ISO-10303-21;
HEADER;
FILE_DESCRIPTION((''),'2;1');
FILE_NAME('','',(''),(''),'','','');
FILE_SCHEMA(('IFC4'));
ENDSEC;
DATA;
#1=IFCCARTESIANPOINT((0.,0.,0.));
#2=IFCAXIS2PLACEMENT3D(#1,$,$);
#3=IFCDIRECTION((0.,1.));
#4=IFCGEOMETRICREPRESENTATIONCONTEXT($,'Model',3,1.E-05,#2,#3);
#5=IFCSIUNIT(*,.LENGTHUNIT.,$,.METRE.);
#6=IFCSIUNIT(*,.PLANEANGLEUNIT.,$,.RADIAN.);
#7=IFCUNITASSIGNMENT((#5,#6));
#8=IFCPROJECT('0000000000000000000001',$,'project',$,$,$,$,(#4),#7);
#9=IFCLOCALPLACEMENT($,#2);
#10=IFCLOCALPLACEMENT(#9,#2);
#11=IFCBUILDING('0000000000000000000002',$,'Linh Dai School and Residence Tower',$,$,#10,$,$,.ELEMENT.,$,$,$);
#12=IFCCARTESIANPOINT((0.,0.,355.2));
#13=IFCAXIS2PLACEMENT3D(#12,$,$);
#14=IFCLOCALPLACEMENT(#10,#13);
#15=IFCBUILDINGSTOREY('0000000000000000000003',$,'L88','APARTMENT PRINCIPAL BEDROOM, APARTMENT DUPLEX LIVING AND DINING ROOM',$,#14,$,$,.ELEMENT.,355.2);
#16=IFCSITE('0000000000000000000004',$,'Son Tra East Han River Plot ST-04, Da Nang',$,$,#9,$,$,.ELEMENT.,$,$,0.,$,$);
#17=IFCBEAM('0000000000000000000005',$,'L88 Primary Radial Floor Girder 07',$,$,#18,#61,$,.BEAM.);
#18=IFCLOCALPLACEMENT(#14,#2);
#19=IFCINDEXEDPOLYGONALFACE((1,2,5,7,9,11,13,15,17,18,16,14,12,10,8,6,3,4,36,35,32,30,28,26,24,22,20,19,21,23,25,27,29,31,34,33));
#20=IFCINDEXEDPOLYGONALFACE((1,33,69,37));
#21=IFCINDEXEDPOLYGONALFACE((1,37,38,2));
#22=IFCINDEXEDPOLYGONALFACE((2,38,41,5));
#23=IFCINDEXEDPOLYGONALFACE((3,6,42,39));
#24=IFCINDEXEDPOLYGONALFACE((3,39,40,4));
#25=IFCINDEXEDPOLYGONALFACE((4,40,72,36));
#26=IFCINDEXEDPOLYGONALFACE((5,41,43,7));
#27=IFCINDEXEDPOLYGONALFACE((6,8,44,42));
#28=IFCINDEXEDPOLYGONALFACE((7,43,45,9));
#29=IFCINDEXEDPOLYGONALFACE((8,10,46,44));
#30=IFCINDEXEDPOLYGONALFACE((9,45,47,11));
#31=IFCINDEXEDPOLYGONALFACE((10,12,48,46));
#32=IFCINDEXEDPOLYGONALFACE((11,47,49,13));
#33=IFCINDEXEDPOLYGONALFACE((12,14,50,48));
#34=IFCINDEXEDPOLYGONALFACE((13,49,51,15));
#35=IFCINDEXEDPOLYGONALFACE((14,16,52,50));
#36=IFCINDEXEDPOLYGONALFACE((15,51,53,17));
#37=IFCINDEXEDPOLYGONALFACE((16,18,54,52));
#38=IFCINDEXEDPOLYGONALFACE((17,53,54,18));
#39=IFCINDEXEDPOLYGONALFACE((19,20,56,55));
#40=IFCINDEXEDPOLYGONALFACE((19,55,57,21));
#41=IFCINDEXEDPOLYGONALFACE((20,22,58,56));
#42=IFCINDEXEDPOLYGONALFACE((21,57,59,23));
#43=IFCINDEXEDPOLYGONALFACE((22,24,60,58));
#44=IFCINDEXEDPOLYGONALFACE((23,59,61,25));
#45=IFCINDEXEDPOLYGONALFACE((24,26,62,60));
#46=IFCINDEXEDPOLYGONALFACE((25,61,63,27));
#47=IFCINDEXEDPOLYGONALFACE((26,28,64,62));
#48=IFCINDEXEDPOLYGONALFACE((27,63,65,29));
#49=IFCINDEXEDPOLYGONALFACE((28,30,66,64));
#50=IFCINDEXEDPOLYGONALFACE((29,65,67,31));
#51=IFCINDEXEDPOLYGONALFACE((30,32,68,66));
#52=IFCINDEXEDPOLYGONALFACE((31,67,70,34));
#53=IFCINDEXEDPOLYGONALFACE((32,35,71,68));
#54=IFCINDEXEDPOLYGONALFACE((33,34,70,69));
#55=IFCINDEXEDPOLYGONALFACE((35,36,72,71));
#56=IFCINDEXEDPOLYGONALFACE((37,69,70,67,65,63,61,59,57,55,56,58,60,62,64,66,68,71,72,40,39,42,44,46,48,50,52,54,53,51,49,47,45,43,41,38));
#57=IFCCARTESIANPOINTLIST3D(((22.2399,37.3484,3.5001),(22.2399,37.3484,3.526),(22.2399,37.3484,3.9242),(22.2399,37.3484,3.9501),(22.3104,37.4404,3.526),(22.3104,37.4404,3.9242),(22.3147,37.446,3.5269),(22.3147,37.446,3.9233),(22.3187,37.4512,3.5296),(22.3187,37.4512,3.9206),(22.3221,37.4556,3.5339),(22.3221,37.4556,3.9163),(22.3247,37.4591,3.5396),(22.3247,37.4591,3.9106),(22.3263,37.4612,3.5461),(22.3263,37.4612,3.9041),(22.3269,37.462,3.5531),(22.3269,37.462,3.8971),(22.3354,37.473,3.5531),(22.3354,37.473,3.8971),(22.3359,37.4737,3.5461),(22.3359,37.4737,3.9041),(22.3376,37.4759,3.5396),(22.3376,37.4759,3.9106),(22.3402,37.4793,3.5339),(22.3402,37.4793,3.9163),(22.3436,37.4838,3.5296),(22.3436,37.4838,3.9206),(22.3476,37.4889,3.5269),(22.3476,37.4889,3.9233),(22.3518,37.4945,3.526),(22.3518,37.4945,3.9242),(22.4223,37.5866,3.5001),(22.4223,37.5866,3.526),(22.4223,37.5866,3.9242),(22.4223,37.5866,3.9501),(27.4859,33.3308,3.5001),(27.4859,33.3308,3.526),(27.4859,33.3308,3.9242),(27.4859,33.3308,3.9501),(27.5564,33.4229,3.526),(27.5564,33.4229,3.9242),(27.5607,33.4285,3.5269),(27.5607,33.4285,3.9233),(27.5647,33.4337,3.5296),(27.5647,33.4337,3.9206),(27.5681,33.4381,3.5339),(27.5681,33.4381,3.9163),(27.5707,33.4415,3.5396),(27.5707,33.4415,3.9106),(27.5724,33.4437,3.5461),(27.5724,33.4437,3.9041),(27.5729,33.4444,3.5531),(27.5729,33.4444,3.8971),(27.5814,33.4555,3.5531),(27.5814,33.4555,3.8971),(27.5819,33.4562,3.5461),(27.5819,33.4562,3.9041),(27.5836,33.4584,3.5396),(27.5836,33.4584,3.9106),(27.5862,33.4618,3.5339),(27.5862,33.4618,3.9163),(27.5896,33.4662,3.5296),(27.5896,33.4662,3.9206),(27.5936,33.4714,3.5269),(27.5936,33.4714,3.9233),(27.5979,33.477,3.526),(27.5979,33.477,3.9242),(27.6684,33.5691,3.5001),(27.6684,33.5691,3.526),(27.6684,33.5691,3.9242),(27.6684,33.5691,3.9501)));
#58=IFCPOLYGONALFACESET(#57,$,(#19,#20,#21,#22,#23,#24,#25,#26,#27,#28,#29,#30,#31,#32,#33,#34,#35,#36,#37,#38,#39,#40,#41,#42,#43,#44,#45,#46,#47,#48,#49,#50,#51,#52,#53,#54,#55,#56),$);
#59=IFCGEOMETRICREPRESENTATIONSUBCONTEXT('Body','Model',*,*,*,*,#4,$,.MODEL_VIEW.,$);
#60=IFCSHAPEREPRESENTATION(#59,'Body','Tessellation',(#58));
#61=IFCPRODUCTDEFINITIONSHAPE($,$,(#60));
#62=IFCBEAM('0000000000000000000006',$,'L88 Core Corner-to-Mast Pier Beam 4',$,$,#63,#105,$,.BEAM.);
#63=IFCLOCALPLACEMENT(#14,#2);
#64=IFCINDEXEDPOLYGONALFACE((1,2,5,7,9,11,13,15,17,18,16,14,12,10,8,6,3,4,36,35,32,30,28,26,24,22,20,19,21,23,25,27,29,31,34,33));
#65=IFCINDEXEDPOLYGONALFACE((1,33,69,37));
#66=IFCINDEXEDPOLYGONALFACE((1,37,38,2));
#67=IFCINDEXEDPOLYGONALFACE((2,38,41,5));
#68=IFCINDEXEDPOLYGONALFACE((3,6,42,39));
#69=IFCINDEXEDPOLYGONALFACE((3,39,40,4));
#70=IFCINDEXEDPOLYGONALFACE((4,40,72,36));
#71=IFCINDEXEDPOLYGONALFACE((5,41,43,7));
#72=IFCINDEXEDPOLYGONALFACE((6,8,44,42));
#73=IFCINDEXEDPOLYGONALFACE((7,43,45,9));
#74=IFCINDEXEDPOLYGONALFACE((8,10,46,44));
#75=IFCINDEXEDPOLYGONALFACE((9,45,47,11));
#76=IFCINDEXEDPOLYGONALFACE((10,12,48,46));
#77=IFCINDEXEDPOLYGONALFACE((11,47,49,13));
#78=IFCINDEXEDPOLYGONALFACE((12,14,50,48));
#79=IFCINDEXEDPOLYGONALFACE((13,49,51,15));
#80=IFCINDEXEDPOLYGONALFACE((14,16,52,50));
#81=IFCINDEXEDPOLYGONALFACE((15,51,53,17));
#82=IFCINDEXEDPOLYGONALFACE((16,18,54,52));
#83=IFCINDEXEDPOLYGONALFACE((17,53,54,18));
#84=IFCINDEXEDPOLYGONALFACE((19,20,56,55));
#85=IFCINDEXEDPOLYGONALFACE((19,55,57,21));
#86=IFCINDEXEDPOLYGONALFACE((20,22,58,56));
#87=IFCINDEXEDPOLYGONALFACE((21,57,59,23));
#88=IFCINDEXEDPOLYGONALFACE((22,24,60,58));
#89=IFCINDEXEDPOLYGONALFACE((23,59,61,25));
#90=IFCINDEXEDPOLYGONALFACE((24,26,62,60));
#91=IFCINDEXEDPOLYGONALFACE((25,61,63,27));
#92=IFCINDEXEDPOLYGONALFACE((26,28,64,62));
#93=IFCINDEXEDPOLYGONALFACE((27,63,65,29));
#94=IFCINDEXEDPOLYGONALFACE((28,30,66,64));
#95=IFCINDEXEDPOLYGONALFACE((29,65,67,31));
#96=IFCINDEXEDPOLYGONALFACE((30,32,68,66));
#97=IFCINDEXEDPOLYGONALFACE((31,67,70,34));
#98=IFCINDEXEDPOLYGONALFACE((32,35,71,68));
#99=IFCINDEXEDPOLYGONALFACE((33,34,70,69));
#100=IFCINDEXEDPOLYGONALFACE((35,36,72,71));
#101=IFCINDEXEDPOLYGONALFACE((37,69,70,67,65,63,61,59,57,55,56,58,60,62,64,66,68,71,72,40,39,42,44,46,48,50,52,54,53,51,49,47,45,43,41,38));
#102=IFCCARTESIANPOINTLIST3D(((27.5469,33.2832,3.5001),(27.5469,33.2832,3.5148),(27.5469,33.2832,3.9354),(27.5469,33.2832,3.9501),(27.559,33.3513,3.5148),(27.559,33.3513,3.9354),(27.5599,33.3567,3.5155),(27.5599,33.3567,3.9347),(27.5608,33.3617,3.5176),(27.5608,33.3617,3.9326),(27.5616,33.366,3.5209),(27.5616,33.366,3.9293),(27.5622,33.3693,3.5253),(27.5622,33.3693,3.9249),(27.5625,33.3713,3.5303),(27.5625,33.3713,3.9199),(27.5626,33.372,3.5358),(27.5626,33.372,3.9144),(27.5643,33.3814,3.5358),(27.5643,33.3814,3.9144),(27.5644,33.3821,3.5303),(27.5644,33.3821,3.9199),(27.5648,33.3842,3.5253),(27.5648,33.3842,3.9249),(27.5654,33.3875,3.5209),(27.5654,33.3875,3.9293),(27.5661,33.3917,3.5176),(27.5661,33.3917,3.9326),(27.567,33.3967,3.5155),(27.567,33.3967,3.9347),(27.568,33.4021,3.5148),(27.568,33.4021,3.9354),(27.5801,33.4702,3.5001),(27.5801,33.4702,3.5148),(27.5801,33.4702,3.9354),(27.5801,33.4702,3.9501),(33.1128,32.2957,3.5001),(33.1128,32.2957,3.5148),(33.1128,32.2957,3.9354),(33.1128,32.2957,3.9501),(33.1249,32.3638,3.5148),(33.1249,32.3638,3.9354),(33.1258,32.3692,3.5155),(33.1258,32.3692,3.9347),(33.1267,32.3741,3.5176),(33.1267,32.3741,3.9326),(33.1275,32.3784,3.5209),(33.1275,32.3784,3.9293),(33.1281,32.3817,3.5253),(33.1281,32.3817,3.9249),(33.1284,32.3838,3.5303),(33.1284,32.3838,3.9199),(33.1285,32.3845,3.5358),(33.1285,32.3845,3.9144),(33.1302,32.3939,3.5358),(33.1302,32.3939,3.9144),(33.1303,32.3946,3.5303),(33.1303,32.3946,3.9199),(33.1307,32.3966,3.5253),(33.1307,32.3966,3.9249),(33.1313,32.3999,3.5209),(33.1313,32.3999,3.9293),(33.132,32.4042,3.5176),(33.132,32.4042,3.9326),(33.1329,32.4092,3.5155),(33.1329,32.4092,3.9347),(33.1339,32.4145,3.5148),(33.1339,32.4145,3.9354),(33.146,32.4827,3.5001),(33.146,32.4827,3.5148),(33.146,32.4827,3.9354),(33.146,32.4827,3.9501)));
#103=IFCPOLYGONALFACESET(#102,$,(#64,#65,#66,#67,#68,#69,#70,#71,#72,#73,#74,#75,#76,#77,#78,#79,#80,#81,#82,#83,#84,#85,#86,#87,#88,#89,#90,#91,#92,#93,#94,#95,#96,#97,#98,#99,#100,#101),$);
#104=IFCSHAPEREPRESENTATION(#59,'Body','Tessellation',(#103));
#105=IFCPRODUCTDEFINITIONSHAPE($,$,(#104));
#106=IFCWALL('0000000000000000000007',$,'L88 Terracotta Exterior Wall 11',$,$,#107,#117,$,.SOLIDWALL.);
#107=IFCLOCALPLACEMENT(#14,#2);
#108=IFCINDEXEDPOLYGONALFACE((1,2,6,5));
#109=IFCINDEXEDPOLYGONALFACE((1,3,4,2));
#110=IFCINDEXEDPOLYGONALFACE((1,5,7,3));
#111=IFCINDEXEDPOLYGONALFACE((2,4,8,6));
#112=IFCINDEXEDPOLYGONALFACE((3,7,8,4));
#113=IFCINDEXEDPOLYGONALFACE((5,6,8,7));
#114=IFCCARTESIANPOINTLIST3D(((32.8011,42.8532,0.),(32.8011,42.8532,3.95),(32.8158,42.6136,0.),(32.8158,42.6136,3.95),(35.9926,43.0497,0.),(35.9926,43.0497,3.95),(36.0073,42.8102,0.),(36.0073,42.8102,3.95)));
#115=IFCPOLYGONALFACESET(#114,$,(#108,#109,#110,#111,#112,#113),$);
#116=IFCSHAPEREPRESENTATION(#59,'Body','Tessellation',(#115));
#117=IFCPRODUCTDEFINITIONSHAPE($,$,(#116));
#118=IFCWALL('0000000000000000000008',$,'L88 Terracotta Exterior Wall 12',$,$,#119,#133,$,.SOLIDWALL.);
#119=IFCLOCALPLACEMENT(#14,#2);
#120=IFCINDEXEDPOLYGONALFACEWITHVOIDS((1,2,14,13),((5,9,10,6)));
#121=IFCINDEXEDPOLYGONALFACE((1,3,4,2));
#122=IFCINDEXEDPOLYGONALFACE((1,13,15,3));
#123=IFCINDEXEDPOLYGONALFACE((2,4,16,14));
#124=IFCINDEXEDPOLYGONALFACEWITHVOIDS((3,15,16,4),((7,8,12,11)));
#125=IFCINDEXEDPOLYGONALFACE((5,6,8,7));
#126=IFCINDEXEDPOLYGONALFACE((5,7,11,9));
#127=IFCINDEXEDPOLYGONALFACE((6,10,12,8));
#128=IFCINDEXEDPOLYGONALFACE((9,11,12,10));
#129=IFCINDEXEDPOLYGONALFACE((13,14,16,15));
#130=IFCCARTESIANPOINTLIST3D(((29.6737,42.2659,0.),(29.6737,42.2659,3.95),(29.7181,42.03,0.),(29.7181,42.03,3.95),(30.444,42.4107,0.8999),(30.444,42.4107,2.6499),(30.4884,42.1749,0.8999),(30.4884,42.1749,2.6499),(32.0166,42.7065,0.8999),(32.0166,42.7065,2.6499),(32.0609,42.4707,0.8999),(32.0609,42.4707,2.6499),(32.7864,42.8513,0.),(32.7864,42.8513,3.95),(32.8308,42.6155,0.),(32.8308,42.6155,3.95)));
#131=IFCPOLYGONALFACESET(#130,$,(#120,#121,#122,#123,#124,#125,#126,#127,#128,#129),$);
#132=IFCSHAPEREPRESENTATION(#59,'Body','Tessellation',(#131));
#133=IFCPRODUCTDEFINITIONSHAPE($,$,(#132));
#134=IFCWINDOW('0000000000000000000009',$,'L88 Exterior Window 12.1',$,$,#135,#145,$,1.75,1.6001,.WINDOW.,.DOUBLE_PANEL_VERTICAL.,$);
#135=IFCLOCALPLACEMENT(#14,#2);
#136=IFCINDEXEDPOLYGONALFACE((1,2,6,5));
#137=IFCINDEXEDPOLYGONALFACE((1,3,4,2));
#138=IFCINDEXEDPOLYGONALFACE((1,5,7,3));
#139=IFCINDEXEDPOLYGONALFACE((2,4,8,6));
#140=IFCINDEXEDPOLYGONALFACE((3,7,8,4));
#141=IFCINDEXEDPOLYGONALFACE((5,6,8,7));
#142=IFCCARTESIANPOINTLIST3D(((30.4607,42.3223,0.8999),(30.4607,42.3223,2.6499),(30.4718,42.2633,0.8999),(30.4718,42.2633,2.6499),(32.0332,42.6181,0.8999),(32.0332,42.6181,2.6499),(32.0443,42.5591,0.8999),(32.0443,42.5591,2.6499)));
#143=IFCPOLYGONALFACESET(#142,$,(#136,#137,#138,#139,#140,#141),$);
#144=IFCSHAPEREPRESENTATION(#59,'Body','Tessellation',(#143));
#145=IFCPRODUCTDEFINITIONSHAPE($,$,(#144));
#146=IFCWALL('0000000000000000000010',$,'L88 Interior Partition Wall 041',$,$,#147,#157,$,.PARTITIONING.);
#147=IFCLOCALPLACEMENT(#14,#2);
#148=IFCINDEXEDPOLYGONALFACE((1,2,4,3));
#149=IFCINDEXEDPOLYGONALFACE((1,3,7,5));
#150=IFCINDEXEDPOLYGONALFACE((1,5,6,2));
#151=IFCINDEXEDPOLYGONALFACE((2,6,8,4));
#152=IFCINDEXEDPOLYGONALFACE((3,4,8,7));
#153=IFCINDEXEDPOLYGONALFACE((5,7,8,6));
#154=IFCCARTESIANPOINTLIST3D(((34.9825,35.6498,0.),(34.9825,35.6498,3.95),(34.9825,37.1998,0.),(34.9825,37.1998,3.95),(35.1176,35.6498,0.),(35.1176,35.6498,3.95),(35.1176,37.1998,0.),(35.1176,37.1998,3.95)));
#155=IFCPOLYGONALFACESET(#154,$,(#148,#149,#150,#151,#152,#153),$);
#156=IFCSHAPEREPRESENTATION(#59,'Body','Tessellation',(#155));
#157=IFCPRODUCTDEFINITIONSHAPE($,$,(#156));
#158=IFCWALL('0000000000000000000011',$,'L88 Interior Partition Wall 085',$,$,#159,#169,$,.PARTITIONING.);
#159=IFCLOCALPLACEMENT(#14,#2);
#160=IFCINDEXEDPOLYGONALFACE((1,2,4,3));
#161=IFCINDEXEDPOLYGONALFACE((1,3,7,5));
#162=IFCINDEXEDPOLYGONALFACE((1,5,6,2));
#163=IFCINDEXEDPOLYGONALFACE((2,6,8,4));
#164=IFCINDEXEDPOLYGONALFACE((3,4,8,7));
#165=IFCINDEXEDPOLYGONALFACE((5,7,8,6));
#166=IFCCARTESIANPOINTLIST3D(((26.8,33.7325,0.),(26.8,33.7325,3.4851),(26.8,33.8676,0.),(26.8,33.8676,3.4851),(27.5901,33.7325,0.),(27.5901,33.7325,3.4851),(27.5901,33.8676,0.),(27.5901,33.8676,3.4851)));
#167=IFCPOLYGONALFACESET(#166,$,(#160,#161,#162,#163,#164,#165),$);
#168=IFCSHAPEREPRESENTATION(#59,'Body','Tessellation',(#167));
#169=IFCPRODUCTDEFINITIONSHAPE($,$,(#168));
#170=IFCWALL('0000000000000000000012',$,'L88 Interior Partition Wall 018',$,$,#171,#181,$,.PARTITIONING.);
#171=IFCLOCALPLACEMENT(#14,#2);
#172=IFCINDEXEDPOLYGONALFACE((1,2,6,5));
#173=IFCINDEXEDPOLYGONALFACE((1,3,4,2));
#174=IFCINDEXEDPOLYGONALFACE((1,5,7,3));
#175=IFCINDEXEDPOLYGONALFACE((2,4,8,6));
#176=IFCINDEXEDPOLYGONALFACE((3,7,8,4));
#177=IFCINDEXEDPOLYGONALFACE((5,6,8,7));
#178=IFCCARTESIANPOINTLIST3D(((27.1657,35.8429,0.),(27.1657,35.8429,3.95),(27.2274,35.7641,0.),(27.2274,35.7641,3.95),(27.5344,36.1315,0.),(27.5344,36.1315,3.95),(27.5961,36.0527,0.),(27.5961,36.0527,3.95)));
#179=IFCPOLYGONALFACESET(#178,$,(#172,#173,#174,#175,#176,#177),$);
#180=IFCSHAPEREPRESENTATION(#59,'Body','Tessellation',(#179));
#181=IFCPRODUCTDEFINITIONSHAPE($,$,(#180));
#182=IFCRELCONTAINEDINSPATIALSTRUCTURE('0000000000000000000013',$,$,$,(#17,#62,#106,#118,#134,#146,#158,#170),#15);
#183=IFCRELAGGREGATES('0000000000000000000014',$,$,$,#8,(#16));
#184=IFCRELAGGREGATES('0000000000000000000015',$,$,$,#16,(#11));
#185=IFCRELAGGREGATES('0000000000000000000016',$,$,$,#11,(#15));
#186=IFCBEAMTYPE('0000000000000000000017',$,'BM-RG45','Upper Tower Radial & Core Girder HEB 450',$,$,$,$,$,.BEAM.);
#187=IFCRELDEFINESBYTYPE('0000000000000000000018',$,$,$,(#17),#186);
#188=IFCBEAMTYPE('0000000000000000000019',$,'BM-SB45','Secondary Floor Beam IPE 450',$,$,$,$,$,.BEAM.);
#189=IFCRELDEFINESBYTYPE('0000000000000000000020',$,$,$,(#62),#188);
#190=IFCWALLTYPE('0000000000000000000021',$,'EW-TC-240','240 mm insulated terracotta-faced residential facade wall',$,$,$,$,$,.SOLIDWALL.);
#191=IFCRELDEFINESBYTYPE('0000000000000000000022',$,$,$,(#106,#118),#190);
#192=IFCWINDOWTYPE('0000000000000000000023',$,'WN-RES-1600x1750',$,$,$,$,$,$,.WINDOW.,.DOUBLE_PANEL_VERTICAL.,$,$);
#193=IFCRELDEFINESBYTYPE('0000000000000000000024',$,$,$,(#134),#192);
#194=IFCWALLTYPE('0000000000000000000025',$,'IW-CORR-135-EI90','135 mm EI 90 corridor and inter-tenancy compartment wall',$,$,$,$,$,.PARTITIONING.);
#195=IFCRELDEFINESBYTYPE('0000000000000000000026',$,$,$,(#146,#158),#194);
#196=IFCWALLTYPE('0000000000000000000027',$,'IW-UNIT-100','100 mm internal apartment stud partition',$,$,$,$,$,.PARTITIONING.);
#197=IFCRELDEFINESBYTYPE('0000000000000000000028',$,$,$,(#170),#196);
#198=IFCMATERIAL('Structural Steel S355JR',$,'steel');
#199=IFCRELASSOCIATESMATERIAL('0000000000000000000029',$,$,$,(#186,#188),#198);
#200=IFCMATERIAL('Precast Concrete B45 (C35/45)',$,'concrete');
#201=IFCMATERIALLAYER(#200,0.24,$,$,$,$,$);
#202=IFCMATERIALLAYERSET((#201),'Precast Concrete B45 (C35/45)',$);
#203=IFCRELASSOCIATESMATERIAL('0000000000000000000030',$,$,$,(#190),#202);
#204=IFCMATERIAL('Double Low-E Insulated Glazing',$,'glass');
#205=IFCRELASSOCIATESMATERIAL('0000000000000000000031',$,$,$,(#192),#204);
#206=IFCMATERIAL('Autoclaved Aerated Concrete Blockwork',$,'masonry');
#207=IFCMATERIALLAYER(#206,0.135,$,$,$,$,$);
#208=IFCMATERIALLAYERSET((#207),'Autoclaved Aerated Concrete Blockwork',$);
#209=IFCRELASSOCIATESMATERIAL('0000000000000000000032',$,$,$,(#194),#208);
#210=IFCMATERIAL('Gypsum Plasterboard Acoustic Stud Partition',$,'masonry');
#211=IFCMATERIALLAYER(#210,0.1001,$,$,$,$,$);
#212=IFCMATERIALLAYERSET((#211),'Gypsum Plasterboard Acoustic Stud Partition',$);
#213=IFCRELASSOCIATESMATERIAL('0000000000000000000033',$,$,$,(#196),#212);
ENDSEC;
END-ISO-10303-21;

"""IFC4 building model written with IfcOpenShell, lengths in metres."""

from ifc_helpers import new_model, si_unit, direction, frame, frame_2d, origin, origin_2d, place, context, subcontext, project, spatial, rectangle, i_section, extrude, source, transform, mapped, material, layer, layer_set, material_profile, profile_set, type_object, element, fill, save


model = new_model("IFC4")

# Units and contexts
model_context = context("Model", 3, precision=1e-05, world=origin(), true_north=direction((0.0, 1.0)))
body_context = subcontext(model_context, "Body", "Model", "MODEL_VIEW")
ifc_project = project(units=[si_unit("LENGTHUNIT", "METRE"), si_unit("PLANEANGLEUNIT", "RADIAN")], contexts=[model_context])

# Site, building, storey
site_placement = place(None, origin())
site = spatial("IfcSite", under=ifc_project, at=site_placement, Name="Son Tra East Han River Plot ST-04, Da Nang", CompositionType="ELEMENT", RefElevation=0.0)
building_placement = place(site_placement, origin())
building = spatial("IfcBuilding", under=site, at=building_placement, Name="Linh Dai School and Residence Tower", CompositionType="ELEMENT")
storey_placement = place(building_placement, frame((0.0, 0.0, 355.2)))
storey = spatial("IfcBuildingStorey", under=building, at=storey_placement, Name="L88", Description="APARTMENT PRINCIPAL BEDROOM, APARTMENT DUPLEX LIVING AND DINING ROOM", CompositionType="ELEMENT", Elevation=355.2)

# Shared definitions
ifc_material_1 = material(Name="Structural Steel S355JR", Category="steel")

# Beams
ifc_material_profile_1 = material_profile(ifc_material_1, i_section(OverallWidth=0.3, OverallDepth=0.45, WebThickness=0.0139, FlangeThickness=0.0259, FilletRadius=0.0271, at=origin_2d()), Name="HEB 450")
ifc_profile_set_1 = profile_set([ifc_material_profile_1], Name="Structural Steel S355JR")
beam_type_1 = type_object("IfcBeamType", Name="BM-RG45", Description="Upper Tower Radial & Core Girder HEB 450", PredefinedType="BEAM", material=ifc_profile_set_1)
beam_1_placement = place(storey_placement, frame((27.5771, 33.45, 3.7251), z_axis=(-0.79393, 0.608009, 0.0), x_axis=(-0.608009, -0.79393, 0.0)))
element("IfcBeam", 1, at=beam_1_placement, inside=storey, type_object=beam_type_1, Name="L88 Primary Radial Floor Girder 07", PredefinedType="BEAM", context=body_context, shape_type="SweptSolid", body=[
    extrude(i_section(OverallWidth=0.3, OverallDepth=0.45, WebThickness=0.0139, FlangeThickness=0.0259, FilletRadius=0.0271, at=origin_2d()), origin(), (0.0, 0.0, 1.0), 6.6077),
])
ifc_material_profile_2 = material_profile(ifc_material_1, i_section(OverallWidth=0.1899, OverallDepth=0.45, WebThickness=0.0095, FlangeThickness=0.0146, FilletRadius=0.021, at=origin_2d()), Name="IPE 450")
ifc_profile_set_2 = profile_set([ifc_material_profile_2], Name="Structural Steel S355JR")
beam_type_2 = type_object("IfcBeamType", Name="BM-SB45", Description="Secondary Floor Beam IPE 450", PredefinedType="BEAM", material=ifc_profile_set_2)
beam_2_placement = place(storey_placement, frame((27.5635, 33.3767, 3.7251), z_axis=(0.984622, -0.174699, 0.0), x_axis=(0.174699, 0.984622, 0.0)))
element("IfcBeam", 2, at=beam_2_placement, inside=storey, type_object=beam_type_2, Name="L88 Core Corner-to-Mast Pier Beam 4", PredefinedType="BEAM", context=body_context, shape_type="SweptSolid", body=[
    extrude(i_section(OverallWidth=0.1899, OverallDepth=0.45, WebThickness=0.0095, FlangeThickness=0.0146, FilletRadius=0.021, at=origin_2d()), origin(), (0.0, 0.0, 1.0), 5.6528),
])

# Wall
ifc_material_2 = material(Name="Precast Concrete B45 (C35/45)", Category="concrete")
ifc_layer_1 = layer(ifc_material_2, 0.24)
ifc_layer_set_1 = layer_set([ifc_layer_1], Name="Precast Concrete B45 (C35/45)")
wall_type_1 = type_object("IfcWallType", Name="EW-TC-240", Description="240 mm insulated terracotta-faced residential facade wall", PredefinedType="SOLIDWALL", material=ifc_layer_set_1)
wall_1_placement = place(storey_placement, frame((32.8086, 42.7334, 0.0), z_axis=(0.0, 0.0, 1.0), x_axis=(0.998109, 0.061466, 0.0)))
element("IfcWall", 3, at=wall_1_placement, inside=storey, type_object=wall_type_1, Name="L88 Terracotta Exterior Wall 11", PredefinedType="SOLIDWALL", context=body_context, shape_type="SweptSolid", body=[
    extrude(rectangle(XDim=3.1975, YDim=0.24, at=frame_2d((1.5986, 0.0))), origin(), (0.0, 0.0, 1.0), 3.95),
])

# Wall, opening, window
wall_2_placement = place(storey_placement, frame((29.696, 42.1479, 0.0), z_axis=(0.0, 0.0, 1.0), x_axis=(0.982766, 0.184852, 0.0)))
wall_2 = element("IfcWall", 4, at=wall_2_placement, inside=storey, type_object=wall_type_1, Name="L88 Terracotta Exterior Wall 12", PredefinedType="SOLIDWALL", context=body_context, shape_type="SweptSolid", body=[
    extrude(rectangle(XDim=3.1672, YDim=0.24, at=frame_2d((1.5835, 0.0))), origin(), (0.0, 0.0, 1.0), 3.95),
])
opening_1_placement = place(wall_2_placement, frame((0.7837, 0.0, 0.8999)))
opening_1 = element("IfcOpeningElement", 5, at=opening_1_placement, cuts=wall_2, PredefinedType="OPENING", context=body_context, shape_type="SweptSolid", body=[
    extrude(rectangle(XDim=1.6001, YDim=1.75, at=origin_2d()), frame((0.8, 0.1299, 0.875), z_axis=(0.0, -1.0, 0.0), x_axis=(1.0, 0.0, 0.0)), (0.0, 0.0, 1.0), 0.26),
])
ifc_material_3 = material(Name="Double Low-E Insulated Glazing", Category="glass")
window_type = type_object("IfcWindowType", Name="WN-RES-1600x1750", PartitioningType="DOUBLE_PANEL_VERTICAL", PredefinedType="WINDOW", material=ifc_material_3)
shared_shape_1 = source(origin(), body_context, "Body", "SweptSolid", [
    extrude(rectangle(XDim=1.6001, YDim=1.75, at=origin_2d()), frame((0.8, 0.03, 0.875), z_axis=(0.0, -1.0, 0.0), x_axis=(1.0, 0.0, 0.0)), (0.0, 0.0, 1.0), 0.0601),
])
window_placement = place(opening_1_placement, origin())
window = element("IfcWindow", 6, at=window_placement, inside=storey, type_object=window_type, Name="L88 Exterior Window 12.1", OverallHeight=1.75, OverallWidth=1.6001, PartitioningType="DOUBLE_PANEL_VERTICAL", PredefinedType="WINDOW", context=body_context, shape_type="MappedRepresentation", body=[
    mapped(shared_shape_1, transform((0.0, 0.0, 0.0), x_axis=(1.0, 0.0, 0.0), y_axis=(0.0, 1.0, 0.0), z_axis=(0.0, 0.0, 1.0), scale=1.0)),
])
fill(opening_1, window)

# Wall
ifc_material_4 = material(Name="Autoclaved Aerated Concrete Blockwork", Category="masonry")
ifc_layer_2 = layer(ifc_material_4, 0.135)
ifc_layer_set_2 = layer_set([ifc_layer_2], Name="Autoclaved Aerated Concrete Blockwork")
wall_type_2 = type_object("IfcWallType", Name="IW-CORR-135-EI90", Description="135 mm EI 90 corridor and inter-tenancy compartment wall", PredefinedType="PARTITIONING", material=ifc_layer_set_2)
wall_3_placement = place(storey_placement, frame((35.05, 35.6499, 0.0), z_axis=(0.0, 0.0, 1.0), x_axis=(0.0, 1.0, 0.0)))
element("IfcWall", 7, at=wall_3_placement, inside=storey, type_object=wall_type_2, Name="L88 Interior Partition Wall 041", PredefinedType="PARTITIONING", context=body_context, shape_type="SweptSolid", body=[
    extrude(rectangle(XDim=1.55, YDim=0.135, at=frame_2d((0.7749, 0.0))), origin(), (0.0, 0.0, 1.0), 3.95),
])

# Walls
wall_4_placement = place(storey_placement, frame((27.5901, 33.8, 0.0), z_axis=(0.0, 0.0, 1.0), x_axis=(-1.0, 0.0, 0.0)))
element("IfcWall", 8, at=wall_4_placement, inside=storey, type_object=wall_type_2, Name="L88 Interior Partition Wall 085", PredefinedType="PARTITIONING", context=body_context, shape_type="SweptSolid", body=[
    extrude(rectangle(XDim=0.79, YDim=0.135, at=frame_2d((0.395, 0.0))), origin(), (0.0, 0.0, 1.0), 3.4851),
])
ifc_material_5 = material(Name="Gypsum Plasterboard Acoustic Stud Partition", Category="masonry")
ifc_layer_3 = layer(ifc_material_5, 0.1001)
ifc_layer_set_3 = layer_set([ifc_layer_3], Name="Gypsum Plasterboard Acoustic Stud Partition")
wall_type_3 = type_object("IfcWallType", Name="IW-UNIT-100", Description="100 mm internal apartment stud partition", PredefinedType="PARTITIONING", material=ifc_layer_set_3)
wall_5_placement = place(storey_placement, frame((27.1965, 35.8035, 0.0), z_axis=(0.0, 0.0, 1.0), x_axis=(0.787439, 0.616393, 0.0)))
element("IfcWall", 9, at=wall_5_placement, inside=storey, type_object=wall_type_3, Name="L88 Interior Partition Wall 018", PredefinedType="PARTITIONING", context=body_context, shape_type="SweptSolid", body=[
    extrude(rectangle(XDim=0.4683, YDim=0.1001, at=frame_2d((0.2341, 0.0))), origin(), (0.0, 0.0, 1.0), 3.95),
])

save(model, "model.ifc")
